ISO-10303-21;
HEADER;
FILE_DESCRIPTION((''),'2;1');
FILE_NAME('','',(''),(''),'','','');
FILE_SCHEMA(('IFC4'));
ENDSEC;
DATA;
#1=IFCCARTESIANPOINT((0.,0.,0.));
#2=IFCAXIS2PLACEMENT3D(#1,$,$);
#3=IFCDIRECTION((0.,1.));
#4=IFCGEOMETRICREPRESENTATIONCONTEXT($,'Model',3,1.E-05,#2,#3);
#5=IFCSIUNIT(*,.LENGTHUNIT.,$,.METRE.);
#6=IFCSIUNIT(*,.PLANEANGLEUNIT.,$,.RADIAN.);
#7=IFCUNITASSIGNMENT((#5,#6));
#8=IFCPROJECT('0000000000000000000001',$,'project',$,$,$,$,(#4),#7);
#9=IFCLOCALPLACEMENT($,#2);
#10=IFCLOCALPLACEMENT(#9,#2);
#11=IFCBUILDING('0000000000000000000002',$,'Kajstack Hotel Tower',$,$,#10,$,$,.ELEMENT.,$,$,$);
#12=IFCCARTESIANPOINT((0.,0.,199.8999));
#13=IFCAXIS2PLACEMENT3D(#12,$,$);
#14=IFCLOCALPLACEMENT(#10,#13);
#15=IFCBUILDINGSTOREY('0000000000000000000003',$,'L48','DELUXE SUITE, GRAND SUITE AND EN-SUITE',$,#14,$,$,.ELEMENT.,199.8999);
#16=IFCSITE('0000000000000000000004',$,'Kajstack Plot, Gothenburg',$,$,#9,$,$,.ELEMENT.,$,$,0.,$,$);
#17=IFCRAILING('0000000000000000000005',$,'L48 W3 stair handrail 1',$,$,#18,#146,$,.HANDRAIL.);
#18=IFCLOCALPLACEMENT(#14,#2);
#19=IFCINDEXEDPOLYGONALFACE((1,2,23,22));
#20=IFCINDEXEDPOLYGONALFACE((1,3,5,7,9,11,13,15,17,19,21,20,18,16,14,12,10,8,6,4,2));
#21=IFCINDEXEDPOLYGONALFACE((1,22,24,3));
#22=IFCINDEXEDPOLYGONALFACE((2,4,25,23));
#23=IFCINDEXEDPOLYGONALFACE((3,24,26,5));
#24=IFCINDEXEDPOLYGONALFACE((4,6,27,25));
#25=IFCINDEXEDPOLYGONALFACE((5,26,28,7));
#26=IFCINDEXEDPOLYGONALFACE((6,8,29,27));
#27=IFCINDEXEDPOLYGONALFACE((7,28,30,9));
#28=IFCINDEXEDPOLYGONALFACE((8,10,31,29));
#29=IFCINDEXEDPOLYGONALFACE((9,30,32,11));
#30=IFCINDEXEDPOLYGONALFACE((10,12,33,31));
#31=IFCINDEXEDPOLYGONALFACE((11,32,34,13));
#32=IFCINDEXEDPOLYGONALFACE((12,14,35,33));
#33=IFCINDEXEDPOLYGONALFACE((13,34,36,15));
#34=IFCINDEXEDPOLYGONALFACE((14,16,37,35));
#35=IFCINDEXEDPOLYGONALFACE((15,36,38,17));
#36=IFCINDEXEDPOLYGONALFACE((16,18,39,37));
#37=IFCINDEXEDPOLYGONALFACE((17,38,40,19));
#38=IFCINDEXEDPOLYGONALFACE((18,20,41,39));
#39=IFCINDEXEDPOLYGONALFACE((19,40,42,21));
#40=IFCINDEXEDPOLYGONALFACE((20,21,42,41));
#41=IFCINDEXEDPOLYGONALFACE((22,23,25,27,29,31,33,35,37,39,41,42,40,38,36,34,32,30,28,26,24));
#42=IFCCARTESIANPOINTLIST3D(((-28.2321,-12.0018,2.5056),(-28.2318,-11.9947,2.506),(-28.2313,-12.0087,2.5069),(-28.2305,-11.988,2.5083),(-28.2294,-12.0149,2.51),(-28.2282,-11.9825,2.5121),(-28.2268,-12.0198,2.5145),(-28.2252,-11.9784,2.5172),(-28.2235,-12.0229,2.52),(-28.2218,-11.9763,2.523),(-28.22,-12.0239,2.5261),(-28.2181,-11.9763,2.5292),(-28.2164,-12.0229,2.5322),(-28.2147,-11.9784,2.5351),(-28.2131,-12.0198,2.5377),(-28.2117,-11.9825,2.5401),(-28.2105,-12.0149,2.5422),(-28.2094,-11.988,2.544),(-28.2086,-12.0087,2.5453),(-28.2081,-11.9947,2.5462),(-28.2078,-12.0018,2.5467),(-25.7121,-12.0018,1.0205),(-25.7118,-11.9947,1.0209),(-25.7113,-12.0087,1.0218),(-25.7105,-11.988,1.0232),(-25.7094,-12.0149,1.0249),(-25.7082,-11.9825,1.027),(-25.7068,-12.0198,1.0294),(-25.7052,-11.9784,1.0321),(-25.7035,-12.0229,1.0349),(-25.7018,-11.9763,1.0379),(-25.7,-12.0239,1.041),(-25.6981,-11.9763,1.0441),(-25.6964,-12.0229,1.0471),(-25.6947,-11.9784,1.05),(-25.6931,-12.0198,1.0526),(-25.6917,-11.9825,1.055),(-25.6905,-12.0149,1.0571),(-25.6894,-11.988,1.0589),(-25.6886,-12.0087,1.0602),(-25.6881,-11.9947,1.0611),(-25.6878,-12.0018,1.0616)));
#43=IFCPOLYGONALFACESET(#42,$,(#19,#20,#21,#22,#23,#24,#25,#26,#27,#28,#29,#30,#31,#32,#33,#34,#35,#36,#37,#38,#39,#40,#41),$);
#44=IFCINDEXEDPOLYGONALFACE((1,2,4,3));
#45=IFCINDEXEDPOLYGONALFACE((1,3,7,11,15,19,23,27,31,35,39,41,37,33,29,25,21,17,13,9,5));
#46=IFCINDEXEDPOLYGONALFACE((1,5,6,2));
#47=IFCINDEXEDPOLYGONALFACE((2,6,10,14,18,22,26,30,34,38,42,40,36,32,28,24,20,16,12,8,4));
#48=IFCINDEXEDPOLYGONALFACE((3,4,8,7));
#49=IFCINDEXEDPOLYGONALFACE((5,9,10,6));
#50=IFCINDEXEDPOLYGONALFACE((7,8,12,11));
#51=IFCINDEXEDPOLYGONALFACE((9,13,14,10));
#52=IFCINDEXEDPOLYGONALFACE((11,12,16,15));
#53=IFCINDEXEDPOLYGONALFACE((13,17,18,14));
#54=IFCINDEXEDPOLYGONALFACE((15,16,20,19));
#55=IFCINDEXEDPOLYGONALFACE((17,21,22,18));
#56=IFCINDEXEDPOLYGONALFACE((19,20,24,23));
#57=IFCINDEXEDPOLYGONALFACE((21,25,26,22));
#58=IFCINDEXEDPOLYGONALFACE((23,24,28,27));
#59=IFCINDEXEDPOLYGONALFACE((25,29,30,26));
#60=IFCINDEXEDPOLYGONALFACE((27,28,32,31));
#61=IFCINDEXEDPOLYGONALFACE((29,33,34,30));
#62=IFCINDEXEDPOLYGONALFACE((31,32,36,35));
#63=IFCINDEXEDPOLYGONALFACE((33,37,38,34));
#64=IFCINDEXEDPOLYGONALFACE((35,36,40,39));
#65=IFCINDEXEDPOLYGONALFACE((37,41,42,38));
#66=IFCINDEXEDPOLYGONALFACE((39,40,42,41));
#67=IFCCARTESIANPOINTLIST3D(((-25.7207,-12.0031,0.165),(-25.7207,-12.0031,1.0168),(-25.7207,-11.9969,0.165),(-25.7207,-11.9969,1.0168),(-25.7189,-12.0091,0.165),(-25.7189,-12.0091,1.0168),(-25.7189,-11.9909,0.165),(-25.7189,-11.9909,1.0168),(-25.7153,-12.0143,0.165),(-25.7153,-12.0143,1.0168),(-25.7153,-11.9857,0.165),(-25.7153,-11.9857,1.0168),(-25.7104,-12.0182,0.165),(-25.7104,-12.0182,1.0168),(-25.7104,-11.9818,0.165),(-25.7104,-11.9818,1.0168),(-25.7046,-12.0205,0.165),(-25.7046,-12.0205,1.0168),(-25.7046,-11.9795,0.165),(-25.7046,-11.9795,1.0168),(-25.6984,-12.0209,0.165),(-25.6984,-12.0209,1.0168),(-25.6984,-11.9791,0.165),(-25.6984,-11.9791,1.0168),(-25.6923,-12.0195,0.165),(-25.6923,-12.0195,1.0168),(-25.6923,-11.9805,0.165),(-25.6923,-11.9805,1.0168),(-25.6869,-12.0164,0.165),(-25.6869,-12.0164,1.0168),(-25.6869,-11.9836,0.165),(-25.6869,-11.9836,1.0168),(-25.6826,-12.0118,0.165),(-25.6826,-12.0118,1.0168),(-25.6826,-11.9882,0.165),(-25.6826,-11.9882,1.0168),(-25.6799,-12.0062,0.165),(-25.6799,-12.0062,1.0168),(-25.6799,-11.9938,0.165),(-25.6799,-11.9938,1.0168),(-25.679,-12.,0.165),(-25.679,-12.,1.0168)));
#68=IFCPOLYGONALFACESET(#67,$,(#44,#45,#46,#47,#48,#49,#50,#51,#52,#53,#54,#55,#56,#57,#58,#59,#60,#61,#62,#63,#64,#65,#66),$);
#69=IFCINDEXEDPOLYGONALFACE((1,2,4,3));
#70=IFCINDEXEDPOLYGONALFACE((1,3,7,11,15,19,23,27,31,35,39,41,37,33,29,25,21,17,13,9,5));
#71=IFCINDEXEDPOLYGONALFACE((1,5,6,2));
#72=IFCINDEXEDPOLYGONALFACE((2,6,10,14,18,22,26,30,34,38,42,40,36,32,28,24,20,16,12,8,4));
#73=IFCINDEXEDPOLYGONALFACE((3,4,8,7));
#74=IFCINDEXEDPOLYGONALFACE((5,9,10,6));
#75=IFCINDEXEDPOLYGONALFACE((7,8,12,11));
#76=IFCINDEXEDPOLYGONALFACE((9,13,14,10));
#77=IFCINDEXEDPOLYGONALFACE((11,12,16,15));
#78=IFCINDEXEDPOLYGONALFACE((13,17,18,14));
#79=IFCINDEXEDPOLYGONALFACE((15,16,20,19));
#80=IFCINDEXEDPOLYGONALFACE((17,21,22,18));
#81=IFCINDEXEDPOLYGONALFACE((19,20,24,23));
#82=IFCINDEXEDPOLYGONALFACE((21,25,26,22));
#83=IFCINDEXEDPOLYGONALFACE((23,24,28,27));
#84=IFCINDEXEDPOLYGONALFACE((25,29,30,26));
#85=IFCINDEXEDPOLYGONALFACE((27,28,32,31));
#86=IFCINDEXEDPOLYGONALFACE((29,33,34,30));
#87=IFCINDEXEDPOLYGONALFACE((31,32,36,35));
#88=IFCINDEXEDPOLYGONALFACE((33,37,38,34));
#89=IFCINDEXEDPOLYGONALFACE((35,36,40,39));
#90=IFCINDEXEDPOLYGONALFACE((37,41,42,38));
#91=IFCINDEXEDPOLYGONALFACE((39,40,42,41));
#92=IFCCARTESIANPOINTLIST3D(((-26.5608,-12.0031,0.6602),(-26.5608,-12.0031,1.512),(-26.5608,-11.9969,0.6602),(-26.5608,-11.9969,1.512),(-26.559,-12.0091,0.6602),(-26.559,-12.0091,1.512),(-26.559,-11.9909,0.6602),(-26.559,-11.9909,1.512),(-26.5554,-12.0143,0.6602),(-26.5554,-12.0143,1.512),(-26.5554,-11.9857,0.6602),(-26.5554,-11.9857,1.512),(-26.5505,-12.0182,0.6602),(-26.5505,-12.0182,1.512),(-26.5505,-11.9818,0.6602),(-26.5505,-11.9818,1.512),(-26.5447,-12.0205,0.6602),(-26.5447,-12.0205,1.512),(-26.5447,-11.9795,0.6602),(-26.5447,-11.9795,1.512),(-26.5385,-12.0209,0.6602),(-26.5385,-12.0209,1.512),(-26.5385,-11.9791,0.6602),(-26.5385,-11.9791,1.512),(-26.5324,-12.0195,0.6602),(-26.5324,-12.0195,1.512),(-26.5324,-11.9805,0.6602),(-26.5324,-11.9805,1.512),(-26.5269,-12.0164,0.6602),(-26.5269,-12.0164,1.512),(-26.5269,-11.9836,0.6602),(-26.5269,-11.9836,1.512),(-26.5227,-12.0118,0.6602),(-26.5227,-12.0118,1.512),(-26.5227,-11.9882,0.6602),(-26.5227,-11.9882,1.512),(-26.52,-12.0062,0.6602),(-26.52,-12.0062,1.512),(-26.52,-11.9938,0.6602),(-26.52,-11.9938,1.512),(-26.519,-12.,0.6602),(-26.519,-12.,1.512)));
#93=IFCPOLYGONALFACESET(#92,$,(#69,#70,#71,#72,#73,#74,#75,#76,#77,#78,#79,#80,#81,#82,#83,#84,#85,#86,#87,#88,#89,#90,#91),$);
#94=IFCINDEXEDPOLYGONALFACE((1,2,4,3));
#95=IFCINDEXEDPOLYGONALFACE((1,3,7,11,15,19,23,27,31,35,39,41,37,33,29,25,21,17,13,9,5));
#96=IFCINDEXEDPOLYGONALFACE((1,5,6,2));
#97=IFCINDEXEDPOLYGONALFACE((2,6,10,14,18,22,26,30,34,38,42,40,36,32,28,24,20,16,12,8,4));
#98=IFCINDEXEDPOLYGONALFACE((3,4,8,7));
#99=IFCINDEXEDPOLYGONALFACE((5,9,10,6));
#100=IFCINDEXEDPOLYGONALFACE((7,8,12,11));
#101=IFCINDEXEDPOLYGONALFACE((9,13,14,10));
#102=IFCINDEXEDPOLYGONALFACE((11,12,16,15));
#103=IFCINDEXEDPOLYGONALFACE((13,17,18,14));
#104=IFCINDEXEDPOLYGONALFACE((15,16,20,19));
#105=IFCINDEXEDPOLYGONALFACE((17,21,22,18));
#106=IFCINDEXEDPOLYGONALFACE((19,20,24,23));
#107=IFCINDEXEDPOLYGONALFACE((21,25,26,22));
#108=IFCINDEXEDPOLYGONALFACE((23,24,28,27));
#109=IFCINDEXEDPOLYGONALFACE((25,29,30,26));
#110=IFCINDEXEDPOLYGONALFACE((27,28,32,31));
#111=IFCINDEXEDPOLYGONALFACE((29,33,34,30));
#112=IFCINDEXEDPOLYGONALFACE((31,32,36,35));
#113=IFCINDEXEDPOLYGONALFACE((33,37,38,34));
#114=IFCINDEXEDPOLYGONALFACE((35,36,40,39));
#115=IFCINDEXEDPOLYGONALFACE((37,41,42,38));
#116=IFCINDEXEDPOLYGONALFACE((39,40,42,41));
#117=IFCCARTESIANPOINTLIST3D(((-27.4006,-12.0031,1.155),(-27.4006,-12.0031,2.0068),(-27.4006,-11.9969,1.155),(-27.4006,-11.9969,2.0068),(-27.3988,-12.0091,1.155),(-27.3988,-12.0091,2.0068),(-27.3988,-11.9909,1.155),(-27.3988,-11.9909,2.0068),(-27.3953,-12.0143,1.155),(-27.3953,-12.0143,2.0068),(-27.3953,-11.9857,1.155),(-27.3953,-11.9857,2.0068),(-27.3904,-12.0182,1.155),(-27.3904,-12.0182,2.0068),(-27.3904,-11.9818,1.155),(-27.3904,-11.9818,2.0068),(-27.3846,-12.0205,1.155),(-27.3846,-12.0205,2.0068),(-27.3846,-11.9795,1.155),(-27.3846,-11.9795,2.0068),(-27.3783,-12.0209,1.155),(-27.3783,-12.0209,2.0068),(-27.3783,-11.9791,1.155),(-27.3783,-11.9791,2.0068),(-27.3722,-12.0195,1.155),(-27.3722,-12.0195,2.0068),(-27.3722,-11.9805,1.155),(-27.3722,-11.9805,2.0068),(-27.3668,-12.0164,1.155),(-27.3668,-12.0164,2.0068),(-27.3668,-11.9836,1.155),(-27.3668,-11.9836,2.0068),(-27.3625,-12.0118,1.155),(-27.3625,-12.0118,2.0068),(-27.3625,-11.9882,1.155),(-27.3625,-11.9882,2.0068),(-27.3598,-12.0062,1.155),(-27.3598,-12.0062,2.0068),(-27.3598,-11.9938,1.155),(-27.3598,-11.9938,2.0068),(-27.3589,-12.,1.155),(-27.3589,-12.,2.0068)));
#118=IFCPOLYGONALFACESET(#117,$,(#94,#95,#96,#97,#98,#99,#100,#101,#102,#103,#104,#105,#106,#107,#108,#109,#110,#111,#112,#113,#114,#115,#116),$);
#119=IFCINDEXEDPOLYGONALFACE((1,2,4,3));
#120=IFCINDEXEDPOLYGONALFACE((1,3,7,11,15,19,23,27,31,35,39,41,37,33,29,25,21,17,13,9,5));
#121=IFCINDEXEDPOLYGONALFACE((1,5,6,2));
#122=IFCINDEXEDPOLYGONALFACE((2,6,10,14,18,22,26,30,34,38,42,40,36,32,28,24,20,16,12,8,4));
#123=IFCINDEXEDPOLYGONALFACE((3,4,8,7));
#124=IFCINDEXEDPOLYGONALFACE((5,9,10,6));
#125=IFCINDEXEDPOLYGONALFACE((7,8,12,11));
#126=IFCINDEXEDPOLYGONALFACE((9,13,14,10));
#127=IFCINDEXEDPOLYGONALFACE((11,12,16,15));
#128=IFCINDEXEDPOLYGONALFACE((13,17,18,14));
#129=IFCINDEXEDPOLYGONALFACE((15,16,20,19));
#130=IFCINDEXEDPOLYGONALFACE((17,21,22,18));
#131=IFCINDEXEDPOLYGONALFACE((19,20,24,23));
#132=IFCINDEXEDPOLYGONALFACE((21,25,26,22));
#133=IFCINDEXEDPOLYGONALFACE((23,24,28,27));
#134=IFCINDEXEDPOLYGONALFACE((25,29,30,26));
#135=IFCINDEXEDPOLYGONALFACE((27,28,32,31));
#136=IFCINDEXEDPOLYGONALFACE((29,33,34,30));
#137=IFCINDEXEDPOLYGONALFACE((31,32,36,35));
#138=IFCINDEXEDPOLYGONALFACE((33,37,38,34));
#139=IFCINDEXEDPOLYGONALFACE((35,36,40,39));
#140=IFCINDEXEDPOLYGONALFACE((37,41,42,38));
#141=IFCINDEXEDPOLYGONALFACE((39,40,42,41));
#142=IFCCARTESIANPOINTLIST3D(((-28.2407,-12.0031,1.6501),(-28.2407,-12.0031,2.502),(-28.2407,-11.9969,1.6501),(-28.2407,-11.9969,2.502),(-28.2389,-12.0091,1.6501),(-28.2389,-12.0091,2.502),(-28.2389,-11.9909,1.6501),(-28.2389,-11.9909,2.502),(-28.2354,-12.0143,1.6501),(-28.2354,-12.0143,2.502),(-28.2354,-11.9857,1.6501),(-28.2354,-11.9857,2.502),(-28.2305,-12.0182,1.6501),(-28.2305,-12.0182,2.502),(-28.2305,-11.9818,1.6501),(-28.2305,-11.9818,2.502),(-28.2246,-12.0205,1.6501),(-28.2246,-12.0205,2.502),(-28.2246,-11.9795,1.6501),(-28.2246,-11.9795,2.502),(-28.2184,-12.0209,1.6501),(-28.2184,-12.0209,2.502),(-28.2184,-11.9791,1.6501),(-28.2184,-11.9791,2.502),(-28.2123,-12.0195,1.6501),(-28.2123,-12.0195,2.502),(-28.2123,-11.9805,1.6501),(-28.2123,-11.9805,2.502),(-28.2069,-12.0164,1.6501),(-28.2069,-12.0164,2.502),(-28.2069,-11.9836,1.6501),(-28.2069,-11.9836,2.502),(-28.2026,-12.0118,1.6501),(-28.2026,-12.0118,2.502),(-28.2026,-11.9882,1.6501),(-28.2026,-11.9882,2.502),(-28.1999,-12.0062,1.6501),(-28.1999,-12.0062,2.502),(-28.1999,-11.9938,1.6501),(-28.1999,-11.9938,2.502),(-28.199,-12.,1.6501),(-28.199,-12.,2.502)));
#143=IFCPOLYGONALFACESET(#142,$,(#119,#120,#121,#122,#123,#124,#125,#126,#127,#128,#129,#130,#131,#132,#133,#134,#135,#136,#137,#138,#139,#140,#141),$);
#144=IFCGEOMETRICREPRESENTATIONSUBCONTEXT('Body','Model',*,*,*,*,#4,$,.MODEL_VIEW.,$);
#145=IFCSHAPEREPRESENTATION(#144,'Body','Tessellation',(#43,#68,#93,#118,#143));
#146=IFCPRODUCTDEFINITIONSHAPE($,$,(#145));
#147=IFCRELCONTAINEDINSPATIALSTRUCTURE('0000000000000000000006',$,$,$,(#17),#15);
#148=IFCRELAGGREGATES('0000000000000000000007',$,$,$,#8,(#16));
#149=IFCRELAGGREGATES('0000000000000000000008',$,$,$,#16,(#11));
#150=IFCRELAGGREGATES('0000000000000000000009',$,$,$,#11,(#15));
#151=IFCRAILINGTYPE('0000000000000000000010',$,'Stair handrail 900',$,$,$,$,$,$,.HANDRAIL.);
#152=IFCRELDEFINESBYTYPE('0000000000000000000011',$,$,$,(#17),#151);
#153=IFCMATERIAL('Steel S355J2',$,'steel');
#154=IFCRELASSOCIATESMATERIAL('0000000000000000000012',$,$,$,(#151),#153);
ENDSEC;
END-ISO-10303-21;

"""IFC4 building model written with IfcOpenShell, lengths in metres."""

from ifc_helpers import new_model, si_unit, direction, frame, origin, origin_2d, place, context, subcontext, project, spatial, circle, extrude, material, type_object, element, save


model = new_model("IFC4")

# Units and contexts
model_context = context("Model", 3, precision=1e-05, world=origin(), true_north=direction((0.0, 1.0)))
body_context = subcontext(model_context, "Body", "Model", "MODEL_VIEW")
ifc_project = project(units=[si_unit("LENGTHUNIT", "METRE"), si_unit("PLANEANGLEUNIT", "RADIAN")], contexts=[model_context])

# Site, building, storey
site_placement = place(None, origin())
site = spatial("IfcSite", under=ifc_project, at=site_placement, Name="Kajstack Plot, Gothenburg", CompositionType="ELEMENT", RefElevation=0.0)
building_placement = place(site_placement, origin())
building = spatial("IfcBuilding", under=site, at=building_placement, Name="Kajstack Hotel Tower", CompositionType="ELEMENT")
storey_placement = place(building_placement, frame((0.0, 0.0, 199.8999)))
storey = spatial("IfcBuildingStorey", under=building, at=storey_placement, Name="L48", Description="DELUXE SUITE, GRAND SUITE AND EN-SUITE", CompositionType="ELEMENT", Elevation=199.8999)

# Railing
ifc_material_1 = material(Name="Steel S355J2", Category="steel")
railing_type_1 = type_object("IfcRailingType", Name="Stair handrail 900", PredefinedType="HANDRAIL", material=ifc_material_1)
railing_1_placement = place(storey_placement, frame((-25.7, -12.0, 0.165)))
element("IfcRailing", 1, at=railing_1_placement, inside=storey, type_object=railing_type_1, Name="L48 W3 stair handrail 1", PredefinedType="HANDRAIL", context=body_context, shape_type="SweptSolid", body=[
    extrude(circle(Radius=0.0239, at=origin_2d()), frame((0.0, 0.0, 0.876), z_axis=(-0.861524, 0.0, 0.507717), x_axis=(0.0, -1.0, 0.0)), (0.0, 0.0, 1.0), 2.925),
    extrude(circle(Radius=0.021, at=origin_2d()), origin(), (0.0, 0.0, 1.0), 0.8518),
    extrude(circle(Radius=0.021, at=origin_2d()), frame((-0.8401, 0.0, 0.4951)), (0.0, 0.0, 1.0), 0.8518),
    extrude(circle(Radius=0.021, at=origin_2d()), frame((-1.6799, 0.0, 0.99)), (0.0, 0.0, 1.0), 0.8518),
    extrude(circle(Radius=0.021, at=origin_2d()), frame((-2.52, 0.0, 1.4851)), (0.0, 0.0, 1.0), 0.8518),
])

save(model, "model.ifc")
